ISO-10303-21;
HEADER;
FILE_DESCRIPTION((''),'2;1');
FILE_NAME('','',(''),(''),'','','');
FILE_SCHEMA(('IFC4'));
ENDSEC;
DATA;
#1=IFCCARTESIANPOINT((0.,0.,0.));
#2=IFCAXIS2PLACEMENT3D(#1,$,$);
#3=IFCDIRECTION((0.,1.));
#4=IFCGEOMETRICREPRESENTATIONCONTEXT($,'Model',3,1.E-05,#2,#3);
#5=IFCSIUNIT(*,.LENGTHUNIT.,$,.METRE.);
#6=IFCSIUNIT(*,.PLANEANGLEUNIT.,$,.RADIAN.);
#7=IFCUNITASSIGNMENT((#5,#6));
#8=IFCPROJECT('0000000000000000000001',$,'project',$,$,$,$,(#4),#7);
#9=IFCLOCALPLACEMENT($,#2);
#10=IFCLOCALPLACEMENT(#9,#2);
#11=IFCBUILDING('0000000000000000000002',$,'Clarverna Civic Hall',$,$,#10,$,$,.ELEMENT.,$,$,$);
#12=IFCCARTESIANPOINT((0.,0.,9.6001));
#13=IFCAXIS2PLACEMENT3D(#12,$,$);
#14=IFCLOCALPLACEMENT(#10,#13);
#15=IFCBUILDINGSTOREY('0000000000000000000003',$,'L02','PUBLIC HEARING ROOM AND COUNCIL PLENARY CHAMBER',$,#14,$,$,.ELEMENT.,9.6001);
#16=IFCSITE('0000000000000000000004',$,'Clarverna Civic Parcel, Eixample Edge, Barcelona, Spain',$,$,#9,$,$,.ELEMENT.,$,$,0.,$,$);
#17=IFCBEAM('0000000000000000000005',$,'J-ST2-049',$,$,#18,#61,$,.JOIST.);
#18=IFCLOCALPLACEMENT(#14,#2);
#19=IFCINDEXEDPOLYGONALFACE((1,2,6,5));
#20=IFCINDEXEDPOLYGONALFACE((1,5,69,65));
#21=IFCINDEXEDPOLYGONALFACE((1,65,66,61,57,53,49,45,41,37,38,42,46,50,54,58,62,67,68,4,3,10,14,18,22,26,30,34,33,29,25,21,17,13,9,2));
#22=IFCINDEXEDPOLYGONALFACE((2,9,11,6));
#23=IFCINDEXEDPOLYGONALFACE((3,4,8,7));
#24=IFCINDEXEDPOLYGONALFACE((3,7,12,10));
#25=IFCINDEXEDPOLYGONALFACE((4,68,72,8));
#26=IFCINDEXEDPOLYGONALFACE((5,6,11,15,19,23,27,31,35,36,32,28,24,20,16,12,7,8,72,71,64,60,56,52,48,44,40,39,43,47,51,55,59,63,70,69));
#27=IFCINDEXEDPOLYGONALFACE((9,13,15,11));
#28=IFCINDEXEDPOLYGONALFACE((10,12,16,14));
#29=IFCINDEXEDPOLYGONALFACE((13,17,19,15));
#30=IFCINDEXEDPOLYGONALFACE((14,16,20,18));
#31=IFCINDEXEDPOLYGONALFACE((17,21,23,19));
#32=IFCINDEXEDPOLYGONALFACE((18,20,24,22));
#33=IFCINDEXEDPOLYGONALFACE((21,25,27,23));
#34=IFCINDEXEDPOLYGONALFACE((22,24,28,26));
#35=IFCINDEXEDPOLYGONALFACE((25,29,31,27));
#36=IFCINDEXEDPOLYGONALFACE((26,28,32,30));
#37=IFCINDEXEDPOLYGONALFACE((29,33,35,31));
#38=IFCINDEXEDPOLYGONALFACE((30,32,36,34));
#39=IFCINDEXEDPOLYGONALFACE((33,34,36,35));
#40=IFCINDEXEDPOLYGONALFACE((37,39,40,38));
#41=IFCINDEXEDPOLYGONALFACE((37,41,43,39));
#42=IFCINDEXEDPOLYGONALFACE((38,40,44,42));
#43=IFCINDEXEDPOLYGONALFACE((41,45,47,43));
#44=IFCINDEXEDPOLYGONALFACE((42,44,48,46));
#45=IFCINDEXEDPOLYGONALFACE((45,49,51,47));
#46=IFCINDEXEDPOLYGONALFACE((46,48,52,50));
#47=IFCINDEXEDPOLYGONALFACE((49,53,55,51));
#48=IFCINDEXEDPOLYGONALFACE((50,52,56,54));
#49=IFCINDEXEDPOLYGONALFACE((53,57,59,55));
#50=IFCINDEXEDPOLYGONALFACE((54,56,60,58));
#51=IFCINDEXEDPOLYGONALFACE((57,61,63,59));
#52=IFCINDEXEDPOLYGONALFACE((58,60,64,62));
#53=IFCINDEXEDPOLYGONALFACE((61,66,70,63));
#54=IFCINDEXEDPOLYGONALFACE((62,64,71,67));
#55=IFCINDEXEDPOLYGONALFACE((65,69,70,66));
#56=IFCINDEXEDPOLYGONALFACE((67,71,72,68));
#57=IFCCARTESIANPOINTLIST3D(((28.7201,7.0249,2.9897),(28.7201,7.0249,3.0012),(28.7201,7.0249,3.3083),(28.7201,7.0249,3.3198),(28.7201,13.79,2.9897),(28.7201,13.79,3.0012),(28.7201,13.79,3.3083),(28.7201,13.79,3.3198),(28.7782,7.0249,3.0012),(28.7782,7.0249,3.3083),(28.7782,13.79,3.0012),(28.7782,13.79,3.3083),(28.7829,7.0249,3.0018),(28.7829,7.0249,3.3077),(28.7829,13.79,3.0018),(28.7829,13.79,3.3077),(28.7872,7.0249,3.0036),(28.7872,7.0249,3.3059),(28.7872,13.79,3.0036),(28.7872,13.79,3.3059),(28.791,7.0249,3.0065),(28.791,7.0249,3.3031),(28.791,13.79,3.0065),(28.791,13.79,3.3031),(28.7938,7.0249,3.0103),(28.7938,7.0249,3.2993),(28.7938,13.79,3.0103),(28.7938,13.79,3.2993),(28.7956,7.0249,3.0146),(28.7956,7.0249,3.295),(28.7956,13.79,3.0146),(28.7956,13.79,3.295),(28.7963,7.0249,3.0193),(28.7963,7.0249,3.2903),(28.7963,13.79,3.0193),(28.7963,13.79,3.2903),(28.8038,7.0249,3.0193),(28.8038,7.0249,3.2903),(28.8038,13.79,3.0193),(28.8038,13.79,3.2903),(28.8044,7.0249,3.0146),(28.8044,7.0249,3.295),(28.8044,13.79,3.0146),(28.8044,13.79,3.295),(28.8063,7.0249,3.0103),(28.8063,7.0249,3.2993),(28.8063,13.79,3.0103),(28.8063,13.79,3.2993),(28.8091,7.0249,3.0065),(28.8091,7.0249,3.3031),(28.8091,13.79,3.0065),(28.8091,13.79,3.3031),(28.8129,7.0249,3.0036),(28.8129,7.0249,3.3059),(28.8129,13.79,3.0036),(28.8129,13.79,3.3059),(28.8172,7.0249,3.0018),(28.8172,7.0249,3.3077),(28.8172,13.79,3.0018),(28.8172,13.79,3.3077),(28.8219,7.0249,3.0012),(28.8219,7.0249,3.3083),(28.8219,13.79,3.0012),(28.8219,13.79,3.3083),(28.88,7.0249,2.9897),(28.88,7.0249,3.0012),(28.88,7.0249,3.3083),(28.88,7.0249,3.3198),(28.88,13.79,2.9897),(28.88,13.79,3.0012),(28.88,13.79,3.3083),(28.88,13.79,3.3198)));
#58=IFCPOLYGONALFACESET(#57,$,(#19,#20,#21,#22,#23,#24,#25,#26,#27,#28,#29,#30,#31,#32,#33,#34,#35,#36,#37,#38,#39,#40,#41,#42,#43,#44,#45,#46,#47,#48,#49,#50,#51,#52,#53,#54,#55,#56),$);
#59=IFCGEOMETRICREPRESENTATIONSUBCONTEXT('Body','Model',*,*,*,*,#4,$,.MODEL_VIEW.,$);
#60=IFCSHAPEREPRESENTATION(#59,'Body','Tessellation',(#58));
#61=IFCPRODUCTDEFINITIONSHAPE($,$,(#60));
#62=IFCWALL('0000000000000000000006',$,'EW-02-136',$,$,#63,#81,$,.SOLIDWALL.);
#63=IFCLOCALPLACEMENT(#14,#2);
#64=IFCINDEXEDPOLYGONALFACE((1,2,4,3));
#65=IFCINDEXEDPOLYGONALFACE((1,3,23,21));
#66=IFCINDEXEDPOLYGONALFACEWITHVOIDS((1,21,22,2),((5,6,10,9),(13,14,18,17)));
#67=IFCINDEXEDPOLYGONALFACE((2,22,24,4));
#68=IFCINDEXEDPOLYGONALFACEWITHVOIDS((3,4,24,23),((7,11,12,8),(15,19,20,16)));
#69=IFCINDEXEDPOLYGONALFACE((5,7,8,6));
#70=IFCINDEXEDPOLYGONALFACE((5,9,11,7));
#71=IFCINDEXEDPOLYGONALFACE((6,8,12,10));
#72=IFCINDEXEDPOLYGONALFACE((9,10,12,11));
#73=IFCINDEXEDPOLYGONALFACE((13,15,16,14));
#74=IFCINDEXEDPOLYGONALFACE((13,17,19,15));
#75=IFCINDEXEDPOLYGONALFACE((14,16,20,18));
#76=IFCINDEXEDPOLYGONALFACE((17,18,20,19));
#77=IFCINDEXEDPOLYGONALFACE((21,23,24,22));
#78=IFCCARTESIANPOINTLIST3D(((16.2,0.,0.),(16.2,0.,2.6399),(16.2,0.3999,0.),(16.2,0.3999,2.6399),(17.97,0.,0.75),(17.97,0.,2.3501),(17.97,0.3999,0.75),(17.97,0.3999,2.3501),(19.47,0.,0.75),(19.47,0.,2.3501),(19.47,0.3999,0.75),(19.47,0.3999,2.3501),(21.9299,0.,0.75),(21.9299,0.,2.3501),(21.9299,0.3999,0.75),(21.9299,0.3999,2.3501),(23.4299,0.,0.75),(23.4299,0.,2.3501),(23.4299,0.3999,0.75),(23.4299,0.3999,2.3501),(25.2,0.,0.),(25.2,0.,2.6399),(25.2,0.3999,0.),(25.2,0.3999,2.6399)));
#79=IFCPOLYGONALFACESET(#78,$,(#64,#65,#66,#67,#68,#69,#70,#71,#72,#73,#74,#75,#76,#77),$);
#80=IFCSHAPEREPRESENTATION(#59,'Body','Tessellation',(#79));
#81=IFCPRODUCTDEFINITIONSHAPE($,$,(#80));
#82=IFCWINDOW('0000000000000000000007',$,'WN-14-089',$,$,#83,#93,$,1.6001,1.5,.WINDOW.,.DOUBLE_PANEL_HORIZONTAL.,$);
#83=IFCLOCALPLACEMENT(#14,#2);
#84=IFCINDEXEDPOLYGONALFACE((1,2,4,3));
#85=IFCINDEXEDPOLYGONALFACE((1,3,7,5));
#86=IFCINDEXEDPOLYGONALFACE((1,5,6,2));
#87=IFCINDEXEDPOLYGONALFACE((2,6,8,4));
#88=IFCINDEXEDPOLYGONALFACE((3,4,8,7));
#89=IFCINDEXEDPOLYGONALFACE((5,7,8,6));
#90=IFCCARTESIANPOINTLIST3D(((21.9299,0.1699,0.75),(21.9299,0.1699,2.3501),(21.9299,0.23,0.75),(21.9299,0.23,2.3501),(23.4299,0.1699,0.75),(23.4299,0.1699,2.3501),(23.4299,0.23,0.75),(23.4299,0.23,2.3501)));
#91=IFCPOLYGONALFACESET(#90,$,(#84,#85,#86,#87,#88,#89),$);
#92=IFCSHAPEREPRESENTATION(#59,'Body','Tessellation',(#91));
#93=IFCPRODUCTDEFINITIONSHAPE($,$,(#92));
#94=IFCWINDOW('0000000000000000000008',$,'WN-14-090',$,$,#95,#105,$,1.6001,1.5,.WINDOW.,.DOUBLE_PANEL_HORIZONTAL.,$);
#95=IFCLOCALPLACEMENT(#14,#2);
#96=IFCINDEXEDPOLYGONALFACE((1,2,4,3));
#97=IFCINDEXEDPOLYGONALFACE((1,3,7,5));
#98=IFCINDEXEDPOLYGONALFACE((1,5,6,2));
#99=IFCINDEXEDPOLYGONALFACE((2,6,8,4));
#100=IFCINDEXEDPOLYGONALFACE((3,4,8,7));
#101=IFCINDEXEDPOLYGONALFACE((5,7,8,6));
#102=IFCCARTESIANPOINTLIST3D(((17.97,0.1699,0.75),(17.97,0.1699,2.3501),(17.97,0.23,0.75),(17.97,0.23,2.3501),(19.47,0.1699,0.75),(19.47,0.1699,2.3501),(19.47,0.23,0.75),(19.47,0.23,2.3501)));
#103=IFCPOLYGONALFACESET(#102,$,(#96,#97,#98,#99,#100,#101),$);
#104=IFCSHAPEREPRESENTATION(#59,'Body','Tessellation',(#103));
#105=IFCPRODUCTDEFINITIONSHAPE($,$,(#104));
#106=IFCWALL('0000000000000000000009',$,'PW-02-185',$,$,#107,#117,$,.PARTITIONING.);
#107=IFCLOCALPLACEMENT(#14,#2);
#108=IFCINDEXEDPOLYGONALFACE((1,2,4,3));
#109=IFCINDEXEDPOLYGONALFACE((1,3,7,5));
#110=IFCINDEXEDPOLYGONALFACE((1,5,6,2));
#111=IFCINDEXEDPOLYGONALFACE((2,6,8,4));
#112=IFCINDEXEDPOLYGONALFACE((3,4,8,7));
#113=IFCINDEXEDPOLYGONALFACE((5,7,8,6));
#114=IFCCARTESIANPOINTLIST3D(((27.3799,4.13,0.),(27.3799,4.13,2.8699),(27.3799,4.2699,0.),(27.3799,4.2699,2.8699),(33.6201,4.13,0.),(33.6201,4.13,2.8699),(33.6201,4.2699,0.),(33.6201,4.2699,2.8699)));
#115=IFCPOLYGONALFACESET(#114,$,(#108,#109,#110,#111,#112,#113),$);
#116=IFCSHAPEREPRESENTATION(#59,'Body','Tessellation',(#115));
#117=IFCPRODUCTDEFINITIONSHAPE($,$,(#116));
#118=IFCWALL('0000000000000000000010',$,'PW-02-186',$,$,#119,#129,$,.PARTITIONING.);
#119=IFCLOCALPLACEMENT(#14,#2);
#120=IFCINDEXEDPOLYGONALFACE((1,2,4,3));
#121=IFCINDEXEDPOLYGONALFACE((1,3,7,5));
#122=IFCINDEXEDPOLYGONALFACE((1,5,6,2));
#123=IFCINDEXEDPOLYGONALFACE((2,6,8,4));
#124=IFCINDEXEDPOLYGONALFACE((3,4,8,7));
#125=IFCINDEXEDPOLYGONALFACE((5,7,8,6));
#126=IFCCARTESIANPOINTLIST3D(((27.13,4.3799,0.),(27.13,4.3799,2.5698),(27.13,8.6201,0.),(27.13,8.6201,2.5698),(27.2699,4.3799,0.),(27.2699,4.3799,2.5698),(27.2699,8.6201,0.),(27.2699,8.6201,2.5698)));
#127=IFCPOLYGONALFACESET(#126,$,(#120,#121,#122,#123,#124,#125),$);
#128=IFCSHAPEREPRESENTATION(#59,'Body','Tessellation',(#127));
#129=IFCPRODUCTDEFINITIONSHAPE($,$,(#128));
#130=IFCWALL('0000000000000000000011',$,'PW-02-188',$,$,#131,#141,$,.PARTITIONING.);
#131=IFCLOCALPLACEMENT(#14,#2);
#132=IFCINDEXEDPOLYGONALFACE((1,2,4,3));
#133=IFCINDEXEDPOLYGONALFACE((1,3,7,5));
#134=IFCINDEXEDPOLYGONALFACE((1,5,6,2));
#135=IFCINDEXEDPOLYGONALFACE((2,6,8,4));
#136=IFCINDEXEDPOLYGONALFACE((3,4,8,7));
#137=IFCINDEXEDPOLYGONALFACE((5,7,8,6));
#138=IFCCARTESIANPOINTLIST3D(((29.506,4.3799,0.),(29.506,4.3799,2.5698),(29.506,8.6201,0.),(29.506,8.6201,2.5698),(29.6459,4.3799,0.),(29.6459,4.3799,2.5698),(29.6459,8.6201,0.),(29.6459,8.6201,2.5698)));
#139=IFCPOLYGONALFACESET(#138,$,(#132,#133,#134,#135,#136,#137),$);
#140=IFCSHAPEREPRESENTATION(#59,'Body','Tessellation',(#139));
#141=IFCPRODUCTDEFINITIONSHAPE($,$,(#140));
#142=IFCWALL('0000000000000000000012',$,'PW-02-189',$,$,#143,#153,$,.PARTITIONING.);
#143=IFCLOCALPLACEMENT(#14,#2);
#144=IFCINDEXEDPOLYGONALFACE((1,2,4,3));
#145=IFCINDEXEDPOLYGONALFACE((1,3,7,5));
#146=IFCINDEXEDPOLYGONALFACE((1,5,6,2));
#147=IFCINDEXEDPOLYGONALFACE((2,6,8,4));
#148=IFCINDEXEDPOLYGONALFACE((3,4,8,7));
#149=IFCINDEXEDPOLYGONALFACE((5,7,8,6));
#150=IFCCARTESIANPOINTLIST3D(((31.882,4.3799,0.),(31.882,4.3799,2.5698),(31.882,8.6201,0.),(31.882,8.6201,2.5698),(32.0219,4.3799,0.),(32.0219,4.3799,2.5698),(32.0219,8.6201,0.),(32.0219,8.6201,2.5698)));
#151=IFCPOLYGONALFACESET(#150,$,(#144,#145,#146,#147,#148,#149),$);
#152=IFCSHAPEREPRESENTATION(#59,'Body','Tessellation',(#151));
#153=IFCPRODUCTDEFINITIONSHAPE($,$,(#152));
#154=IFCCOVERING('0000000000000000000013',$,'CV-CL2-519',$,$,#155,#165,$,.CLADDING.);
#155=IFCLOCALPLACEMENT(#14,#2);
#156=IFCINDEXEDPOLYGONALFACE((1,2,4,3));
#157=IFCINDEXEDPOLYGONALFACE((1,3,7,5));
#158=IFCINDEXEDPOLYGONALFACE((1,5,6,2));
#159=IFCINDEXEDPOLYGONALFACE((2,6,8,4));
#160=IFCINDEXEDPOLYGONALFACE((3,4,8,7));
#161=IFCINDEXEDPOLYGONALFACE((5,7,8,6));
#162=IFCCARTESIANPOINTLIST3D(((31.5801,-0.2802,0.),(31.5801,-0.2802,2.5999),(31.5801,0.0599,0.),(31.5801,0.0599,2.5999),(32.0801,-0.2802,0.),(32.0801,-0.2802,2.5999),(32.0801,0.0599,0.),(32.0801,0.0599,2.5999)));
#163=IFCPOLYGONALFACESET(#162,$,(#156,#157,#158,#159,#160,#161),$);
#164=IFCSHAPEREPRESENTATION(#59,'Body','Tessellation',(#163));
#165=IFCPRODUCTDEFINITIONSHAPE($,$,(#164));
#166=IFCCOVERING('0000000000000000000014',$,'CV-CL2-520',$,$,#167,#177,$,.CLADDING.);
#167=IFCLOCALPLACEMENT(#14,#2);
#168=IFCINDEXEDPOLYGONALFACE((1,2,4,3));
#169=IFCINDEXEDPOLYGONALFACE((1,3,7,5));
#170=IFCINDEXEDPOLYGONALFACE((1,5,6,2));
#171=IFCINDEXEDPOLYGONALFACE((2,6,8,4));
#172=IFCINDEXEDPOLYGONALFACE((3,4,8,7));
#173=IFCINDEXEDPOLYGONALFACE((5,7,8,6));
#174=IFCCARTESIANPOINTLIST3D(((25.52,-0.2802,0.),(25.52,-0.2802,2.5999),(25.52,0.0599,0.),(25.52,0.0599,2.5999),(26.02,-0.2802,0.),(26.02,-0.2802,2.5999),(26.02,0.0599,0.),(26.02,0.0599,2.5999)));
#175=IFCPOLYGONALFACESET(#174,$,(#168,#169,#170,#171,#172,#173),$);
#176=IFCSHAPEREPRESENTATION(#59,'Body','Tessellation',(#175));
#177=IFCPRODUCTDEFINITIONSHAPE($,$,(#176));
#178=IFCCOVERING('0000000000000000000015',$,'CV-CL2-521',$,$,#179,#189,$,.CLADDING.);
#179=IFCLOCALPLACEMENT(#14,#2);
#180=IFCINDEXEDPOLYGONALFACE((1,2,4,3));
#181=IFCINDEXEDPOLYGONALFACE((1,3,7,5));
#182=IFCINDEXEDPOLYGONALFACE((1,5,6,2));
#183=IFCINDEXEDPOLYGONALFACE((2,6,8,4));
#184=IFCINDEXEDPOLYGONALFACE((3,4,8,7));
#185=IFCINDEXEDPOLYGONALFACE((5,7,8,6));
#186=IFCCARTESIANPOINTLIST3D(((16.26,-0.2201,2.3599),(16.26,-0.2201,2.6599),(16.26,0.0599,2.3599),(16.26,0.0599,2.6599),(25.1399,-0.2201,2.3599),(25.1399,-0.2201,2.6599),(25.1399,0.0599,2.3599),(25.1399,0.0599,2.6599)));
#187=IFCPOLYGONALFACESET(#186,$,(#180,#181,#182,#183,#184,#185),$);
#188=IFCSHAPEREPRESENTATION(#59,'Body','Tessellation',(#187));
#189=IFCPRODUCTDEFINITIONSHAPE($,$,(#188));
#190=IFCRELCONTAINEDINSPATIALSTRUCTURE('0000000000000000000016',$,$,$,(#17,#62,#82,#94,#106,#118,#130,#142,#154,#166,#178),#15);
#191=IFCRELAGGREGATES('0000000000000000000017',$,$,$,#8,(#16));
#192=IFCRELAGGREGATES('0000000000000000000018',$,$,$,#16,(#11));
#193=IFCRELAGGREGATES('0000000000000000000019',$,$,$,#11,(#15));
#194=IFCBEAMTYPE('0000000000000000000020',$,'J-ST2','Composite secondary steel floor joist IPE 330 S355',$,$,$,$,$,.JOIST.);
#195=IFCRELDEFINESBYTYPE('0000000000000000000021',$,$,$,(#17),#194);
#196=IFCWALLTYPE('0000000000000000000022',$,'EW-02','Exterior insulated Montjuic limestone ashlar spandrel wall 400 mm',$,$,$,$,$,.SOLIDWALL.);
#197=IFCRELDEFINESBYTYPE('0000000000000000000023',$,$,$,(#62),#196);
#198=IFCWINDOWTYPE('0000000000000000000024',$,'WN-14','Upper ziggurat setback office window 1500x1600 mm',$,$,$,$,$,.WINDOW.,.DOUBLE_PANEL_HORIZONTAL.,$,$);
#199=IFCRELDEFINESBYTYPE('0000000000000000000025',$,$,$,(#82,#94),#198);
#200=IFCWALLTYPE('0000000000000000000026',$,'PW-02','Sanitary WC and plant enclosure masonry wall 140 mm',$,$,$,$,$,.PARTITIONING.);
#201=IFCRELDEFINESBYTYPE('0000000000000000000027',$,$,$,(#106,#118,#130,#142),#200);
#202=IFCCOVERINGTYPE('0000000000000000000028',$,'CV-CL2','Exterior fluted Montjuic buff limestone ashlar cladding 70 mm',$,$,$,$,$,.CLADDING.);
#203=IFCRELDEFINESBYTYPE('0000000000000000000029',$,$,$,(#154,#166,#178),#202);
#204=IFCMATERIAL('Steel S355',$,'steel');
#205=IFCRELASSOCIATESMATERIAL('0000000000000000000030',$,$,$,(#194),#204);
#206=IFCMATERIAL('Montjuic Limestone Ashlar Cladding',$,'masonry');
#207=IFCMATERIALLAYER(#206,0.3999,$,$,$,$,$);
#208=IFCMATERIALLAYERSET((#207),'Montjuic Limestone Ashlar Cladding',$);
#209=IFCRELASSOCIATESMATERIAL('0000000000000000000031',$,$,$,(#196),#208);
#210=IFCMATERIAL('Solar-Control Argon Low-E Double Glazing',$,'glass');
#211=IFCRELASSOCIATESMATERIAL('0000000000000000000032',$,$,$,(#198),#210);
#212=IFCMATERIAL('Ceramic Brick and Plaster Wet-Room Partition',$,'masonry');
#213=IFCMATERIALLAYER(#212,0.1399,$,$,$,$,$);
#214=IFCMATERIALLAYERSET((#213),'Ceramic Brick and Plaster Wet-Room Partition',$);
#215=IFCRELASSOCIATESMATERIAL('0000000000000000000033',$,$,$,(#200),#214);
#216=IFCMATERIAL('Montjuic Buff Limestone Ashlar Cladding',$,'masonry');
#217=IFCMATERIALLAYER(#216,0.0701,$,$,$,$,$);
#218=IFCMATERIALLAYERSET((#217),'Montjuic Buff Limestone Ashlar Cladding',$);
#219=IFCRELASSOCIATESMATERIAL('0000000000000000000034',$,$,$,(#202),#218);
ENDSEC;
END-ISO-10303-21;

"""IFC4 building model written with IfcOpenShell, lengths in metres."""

from ifc_helpers import new_model, si_unit, direction, frame, frame_2d, origin, origin_2d, place, context, subcontext, project, spatial, rectangle, i_section, extrude, material, layer, layer_set, material_profile, profile_set, type_object, element, fill, save


model = new_model("IFC4")

# Units and contexts
model_context = context("Model", 3, precision=1e-05, world=origin(), true_north=direction((0.0, 1.0)))
body_context = subcontext(model_context, "Body", "Model", "MODEL_VIEW")
ifc_project = project(units=[si_unit("LENGTHUNIT", "METRE"), si_unit("PLANEANGLEUNIT", "RADIAN")], contexts=[model_context])

# Site, building, storey
site_placement = place(None, origin())
site = spatial("IfcSite", under=ifc_project, at=site_placement, Name="Clarverna Civic Parcel, Eixample Edge, Barcelona, Spain", CompositionType="ELEMENT", RefElevation=0.0)
building_placement = place(site_placement, origin())
building = spatial("IfcBuilding", under=site, at=building_placement, Name="Clarverna Civic Hall", CompositionType="ELEMENT")
storey_placement = place(building_placement, frame((0.0, 0.0, 9.6001)))
storey = spatial("IfcBuildingStorey", under=building, at=storey_placement, Name="L02", Description="PUBLIC HEARING ROOM AND COUNCIL PLENARY CHAMBER", CompositionType="ELEMENT", Elevation=9.6001)

# Beam
ifc_material_1 = material(Name="Steel S355", Category="steel")
ifc_material_profile_1 = material_profile(ifc_material_1, i_section(OverallWidth=0.1599, OverallDepth=0.3301, WebThickness=0.0076, FlangeThickness=0.0115, FilletRadius=0.0181, at=origin_2d()), Name="IPE 330")
ifc_profile_set_1 = profile_set([ifc_material_profile_1], Name="Steel S355")
beam_type_1 = type_object("IfcBeamType", Name="J-ST2", Description="Composite secondary steel floor joist IPE 330 S355", PredefinedType="JOIST", material=ifc_profile_set_1)
beam_1_placement = place(storey_placement, frame((28.8, 7.0249, 3.1548), z_axis=(0.0, 1.0, 0.0), x_axis=(-1.0, 0.0, 0.0)))
element("IfcBeam", 1, at=beam_1_placement, inside=storey, type_object=beam_type_1, Name="J-ST2-049", PredefinedType="JOIST", context=body_context, shape_type="SweptSolid", body=[
    extrude(i_section(OverallWidth=0.1599, OverallDepth=0.3301, WebThickness=0.0076, FlangeThickness=0.0115, FilletRadius=0.0181, at=origin_2d()), origin(), (0.0, 0.0, 1.0), 6.7651),
])

# Wall, openings, windows
ifc_material_2 = material(Name="Montjuic Limestone Ashlar Cladding", Category="masonry")
ifc_layer_1 = layer(ifc_material_2, 0.3999)
ifc_layer_set_1 = layer_set([ifc_layer_1], Name="Montjuic Limestone Ashlar Cladding")
wall_type_1 = type_object("IfcWallType", Name="EW-02", Description="Exterior insulated Montjuic limestone ashlar spandrel wall 400 mm", PredefinedType="SOLIDWALL", material=ifc_layer_set_1)
wall_1_placement = place(storey_placement, frame((25.2, 0.2, 0.0), z_axis=(0.0, 0.0, 1.0), x_axis=(-1.0, 0.0, 0.0)))
wall_1 = element("IfcWall", 2, at=wall_1_placement, inside=storey, type_object=wall_type_1, Name="EW-02-136", PredefinedType="SOLIDWALL", context=body_context, shape_type="SweptSolid", body=[
    extrude(rectangle(XDim=9.0, YDim=0.3999, at=frame_2d((4.5, 0.0))), origin(), (0.0, 0.0, 1.0), 2.6399),
])
opening_1_placement = place(wall_1_placement, frame((1.77, 0.0, 0.75)))
opening_1 = element("IfcOpeningElement", 3, at=opening_1_placement, cuts=wall_1, PredefinedType="OPENING", context=body_context, shape_type="SweptSolid", body=[
    extrude(rectangle(XDim=1.5, YDim=1.6001, at=frame_2d((0.75, 0.8))), frame((0.0, 0.21, 0.0), z_axis=(0.0, -1.0, 0.0), x_axis=(1.0, 0.0, 0.0)), (0.0, 0.0, 1.0), 0.4199),
])
opening_2_placement = place(wall_1_placement, frame((5.73, 0.0, 0.75)))
opening_2 = element("IfcOpeningElement", 4, at=opening_2_placement, cuts=wall_1, PredefinedType="OPENING", context=body_context, shape_type="SweptSolid", body=[
    extrude(rectangle(XDim=1.5, YDim=1.6001, at=frame_2d((0.75, 0.8))), frame((0.0, 0.21, 0.0), z_axis=(0.0, -1.0, 0.0), x_axis=(1.0, 0.0, 0.0)), (0.0, 0.0, 1.0), 0.4199),
])
ifc_material_3 = material(Name="Solar-Control Argon Low-E Double Glazing", Category="glass")
window_type = type_object("IfcWindowType", Name="WN-14", Description="Upper ziggurat setback office window 1500x1600 mm", PartitioningType="DOUBLE_PANEL_HORIZONTAL", PredefinedType="WINDOW", material=ifc_material_3)
window_1_placement = place(opening_1_placement, origin())
window_1 = element("IfcWindow", 5, at=window_1_placement, inside=storey, type_object=window_type, Name="WN-14-089", OverallHeight=1.6001, OverallWidth=1.5, PartitioningType="DOUBLE_PANEL_HORIZONTAL", PredefinedType="WINDOW", context=body_context, shape_type="SweptSolid", body=[
    extrude(rectangle(XDim=1.5, YDim=1.6001, at=frame_2d((0.75, 0.8))), frame((0.0, 0.03, 0.0), z_axis=(0.0, -1.0, 0.0), x_axis=(1.0, 0.0, 0.0)), (0.0, 0.0, 1.0), 0.0601),
])
fill(opening_1, window_1)
window_2_placement = place(opening_2_placement, origin())
window_2 = element("IfcWindow", 6, at=window_2_placement, inside=storey, type_object=window_type, Name="WN-14-090", OverallHeight=1.6001, OverallWidth=1.5, PartitioningType="DOUBLE_PANEL_HORIZONTAL", PredefinedType="WINDOW", context=body_context, shape_type="SweptSolid", body=[
    extrude(rectangle(XDim=1.5, YDim=1.6001, at=frame_2d((0.75, 0.8))), frame((0.0, 0.03, 0.0), z_axis=(0.0, -1.0, 0.0), x_axis=(1.0, 0.0, 0.0)), (0.0, 0.0, 1.0), 0.0601),
])
fill(opening_2, window_2)

# Walls
ifc_material_4 = material(Name="Ceramic Brick and Plaster Wet-Room Partition", Category="masonry")
ifc_layer_2 = layer(ifc_material_4, 0.1399)
ifc_layer_set_2 = layer_set([ifc_layer_2], Name="Ceramic Brick and Plaster Wet-Room Partition")
wall_type_2 = type_object("IfcWallType", Name="PW-02", Description="Sanitary WC and plant enclosure masonry wall 140 mm", PredefinedType="PARTITIONING", material=ifc_layer_set_2)
wall_2_placement = place(storey_placement, frame((27.3799, 4.2, 0.0), z_axis=(0.0, 0.0, 1.0), x_axis=(1.0, 0.0, 0.0)))
element("IfcWall", 7, at=wall_2_placement, inside=storey, type_object=wall_type_2, Name="PW-02-185", PredefinedType="PARTITIONING", context=body_context, shape_type="SweptSolid", body=[
    extrude(rectangle(XDim=6.2402, YDim=0.1399, at=frame_2d((3.1201, 0.0))), origin(), (0.0, 0.0, 1.0), 2.8699),
])
for number, where, z_axis, x_axis, name in (
    (8, (27.2, 4.3799, 0.0), (0.0, 0.0, 1.0), (0.0, 1.0, 0.0), "PW-02-186"),
    (9, (29.5759, 4.3799, 0.0), (0.0, 0.0, 1.0), (0.0, 1.0, 0.0), "PW-02-188"),
    (10, (31.9519, 4.3799, 0.0), (0.0, 0.0, 1.0), (0.0, 1.0, 0.0), "PW-02-189"),
):
    element("IfcWall", number, at=place(storey_placement, frame(where, z_axis=z_axis, x_axis=x_axis)), inside=storey, type_object=wall_type_2, Name=name, PredefinedType="PARTITIONING", context=body_context, shape_type="SweptSolid", body=[
        extrude(rectangle(XDim=4.2402, YDim=0.1399, at=frame_2d((2.1201, 0.0))), origin(), (0.0, 0.0, 1.0), 2.5698),
    ])

# Coverings
ifc_material_5 = material(Name="Montjuic Buff Limestone Ashlar Cladding", Category="masonry")
ifc_layer_3 = layer(ifc_material_5, 0.0701)
ifc_layer_set_3 = layer_set([ifc_layer_3], Name="Montjuic Buff Limestone Ashlar Cladding")
covering_type = type_object("IfcCoveringType", Name="CV-CL2", Description="Exterior fluted Montjuic buff limestone ashlar cladding 70 mm", PredefinedType="CLADDING", material=ifc_layer_set_3)
for number, where, z_axis, x_axis, name in (
    (11, (32.0801, -0.1101, 0.0), (0.0, 0.0, 1.0), (-1.0, 0.0, 0.0), "CV-CL2-519"),
    (12, (26.02, -0.1101, 0.0), (0.0, 0.0, 1.0), (-1.0, 0.0, 0.0), "CV-CL2-520"),
):
    element("IfcCovering", number, at=place(storey_placement, frame(where, z_axis=z_axis, x_axis=x_axis)), inside=storey, type_object=covering_type, Name=name, PredefinedType="CLADDING", context=body_context, shape_type="SweptSolid", body=[
        extrude(rectangle(XDim=0.5, YDim=0.3401, at=frame_2d((0.25, 0.0))), origin(), (0.0, 0.0, 1.0), 2.5999),
    ])
covering_placement = place(storey_placement, frame((25.1399, -0.0801, 2.3599), z_axis=(0.0, 0.0, 1.0), x_axis=(-1.0, 0.0, 0.0)))
element("IfcCovering", 13, at=covering_placement, inside=storey, type_object=covering_type, Name="CV-CL2-521", PredefinedType="CLADDING", context=body_context, shape_type="SweptSolid", body=[
    extrude(rectangle(XDim=8.8799, YDim=0.28, at=frame_2d((4.4399, 0.0))), origin(), (0.0, 0.0, 1.0), 0.3),
])

save(model, "model.ifc")
